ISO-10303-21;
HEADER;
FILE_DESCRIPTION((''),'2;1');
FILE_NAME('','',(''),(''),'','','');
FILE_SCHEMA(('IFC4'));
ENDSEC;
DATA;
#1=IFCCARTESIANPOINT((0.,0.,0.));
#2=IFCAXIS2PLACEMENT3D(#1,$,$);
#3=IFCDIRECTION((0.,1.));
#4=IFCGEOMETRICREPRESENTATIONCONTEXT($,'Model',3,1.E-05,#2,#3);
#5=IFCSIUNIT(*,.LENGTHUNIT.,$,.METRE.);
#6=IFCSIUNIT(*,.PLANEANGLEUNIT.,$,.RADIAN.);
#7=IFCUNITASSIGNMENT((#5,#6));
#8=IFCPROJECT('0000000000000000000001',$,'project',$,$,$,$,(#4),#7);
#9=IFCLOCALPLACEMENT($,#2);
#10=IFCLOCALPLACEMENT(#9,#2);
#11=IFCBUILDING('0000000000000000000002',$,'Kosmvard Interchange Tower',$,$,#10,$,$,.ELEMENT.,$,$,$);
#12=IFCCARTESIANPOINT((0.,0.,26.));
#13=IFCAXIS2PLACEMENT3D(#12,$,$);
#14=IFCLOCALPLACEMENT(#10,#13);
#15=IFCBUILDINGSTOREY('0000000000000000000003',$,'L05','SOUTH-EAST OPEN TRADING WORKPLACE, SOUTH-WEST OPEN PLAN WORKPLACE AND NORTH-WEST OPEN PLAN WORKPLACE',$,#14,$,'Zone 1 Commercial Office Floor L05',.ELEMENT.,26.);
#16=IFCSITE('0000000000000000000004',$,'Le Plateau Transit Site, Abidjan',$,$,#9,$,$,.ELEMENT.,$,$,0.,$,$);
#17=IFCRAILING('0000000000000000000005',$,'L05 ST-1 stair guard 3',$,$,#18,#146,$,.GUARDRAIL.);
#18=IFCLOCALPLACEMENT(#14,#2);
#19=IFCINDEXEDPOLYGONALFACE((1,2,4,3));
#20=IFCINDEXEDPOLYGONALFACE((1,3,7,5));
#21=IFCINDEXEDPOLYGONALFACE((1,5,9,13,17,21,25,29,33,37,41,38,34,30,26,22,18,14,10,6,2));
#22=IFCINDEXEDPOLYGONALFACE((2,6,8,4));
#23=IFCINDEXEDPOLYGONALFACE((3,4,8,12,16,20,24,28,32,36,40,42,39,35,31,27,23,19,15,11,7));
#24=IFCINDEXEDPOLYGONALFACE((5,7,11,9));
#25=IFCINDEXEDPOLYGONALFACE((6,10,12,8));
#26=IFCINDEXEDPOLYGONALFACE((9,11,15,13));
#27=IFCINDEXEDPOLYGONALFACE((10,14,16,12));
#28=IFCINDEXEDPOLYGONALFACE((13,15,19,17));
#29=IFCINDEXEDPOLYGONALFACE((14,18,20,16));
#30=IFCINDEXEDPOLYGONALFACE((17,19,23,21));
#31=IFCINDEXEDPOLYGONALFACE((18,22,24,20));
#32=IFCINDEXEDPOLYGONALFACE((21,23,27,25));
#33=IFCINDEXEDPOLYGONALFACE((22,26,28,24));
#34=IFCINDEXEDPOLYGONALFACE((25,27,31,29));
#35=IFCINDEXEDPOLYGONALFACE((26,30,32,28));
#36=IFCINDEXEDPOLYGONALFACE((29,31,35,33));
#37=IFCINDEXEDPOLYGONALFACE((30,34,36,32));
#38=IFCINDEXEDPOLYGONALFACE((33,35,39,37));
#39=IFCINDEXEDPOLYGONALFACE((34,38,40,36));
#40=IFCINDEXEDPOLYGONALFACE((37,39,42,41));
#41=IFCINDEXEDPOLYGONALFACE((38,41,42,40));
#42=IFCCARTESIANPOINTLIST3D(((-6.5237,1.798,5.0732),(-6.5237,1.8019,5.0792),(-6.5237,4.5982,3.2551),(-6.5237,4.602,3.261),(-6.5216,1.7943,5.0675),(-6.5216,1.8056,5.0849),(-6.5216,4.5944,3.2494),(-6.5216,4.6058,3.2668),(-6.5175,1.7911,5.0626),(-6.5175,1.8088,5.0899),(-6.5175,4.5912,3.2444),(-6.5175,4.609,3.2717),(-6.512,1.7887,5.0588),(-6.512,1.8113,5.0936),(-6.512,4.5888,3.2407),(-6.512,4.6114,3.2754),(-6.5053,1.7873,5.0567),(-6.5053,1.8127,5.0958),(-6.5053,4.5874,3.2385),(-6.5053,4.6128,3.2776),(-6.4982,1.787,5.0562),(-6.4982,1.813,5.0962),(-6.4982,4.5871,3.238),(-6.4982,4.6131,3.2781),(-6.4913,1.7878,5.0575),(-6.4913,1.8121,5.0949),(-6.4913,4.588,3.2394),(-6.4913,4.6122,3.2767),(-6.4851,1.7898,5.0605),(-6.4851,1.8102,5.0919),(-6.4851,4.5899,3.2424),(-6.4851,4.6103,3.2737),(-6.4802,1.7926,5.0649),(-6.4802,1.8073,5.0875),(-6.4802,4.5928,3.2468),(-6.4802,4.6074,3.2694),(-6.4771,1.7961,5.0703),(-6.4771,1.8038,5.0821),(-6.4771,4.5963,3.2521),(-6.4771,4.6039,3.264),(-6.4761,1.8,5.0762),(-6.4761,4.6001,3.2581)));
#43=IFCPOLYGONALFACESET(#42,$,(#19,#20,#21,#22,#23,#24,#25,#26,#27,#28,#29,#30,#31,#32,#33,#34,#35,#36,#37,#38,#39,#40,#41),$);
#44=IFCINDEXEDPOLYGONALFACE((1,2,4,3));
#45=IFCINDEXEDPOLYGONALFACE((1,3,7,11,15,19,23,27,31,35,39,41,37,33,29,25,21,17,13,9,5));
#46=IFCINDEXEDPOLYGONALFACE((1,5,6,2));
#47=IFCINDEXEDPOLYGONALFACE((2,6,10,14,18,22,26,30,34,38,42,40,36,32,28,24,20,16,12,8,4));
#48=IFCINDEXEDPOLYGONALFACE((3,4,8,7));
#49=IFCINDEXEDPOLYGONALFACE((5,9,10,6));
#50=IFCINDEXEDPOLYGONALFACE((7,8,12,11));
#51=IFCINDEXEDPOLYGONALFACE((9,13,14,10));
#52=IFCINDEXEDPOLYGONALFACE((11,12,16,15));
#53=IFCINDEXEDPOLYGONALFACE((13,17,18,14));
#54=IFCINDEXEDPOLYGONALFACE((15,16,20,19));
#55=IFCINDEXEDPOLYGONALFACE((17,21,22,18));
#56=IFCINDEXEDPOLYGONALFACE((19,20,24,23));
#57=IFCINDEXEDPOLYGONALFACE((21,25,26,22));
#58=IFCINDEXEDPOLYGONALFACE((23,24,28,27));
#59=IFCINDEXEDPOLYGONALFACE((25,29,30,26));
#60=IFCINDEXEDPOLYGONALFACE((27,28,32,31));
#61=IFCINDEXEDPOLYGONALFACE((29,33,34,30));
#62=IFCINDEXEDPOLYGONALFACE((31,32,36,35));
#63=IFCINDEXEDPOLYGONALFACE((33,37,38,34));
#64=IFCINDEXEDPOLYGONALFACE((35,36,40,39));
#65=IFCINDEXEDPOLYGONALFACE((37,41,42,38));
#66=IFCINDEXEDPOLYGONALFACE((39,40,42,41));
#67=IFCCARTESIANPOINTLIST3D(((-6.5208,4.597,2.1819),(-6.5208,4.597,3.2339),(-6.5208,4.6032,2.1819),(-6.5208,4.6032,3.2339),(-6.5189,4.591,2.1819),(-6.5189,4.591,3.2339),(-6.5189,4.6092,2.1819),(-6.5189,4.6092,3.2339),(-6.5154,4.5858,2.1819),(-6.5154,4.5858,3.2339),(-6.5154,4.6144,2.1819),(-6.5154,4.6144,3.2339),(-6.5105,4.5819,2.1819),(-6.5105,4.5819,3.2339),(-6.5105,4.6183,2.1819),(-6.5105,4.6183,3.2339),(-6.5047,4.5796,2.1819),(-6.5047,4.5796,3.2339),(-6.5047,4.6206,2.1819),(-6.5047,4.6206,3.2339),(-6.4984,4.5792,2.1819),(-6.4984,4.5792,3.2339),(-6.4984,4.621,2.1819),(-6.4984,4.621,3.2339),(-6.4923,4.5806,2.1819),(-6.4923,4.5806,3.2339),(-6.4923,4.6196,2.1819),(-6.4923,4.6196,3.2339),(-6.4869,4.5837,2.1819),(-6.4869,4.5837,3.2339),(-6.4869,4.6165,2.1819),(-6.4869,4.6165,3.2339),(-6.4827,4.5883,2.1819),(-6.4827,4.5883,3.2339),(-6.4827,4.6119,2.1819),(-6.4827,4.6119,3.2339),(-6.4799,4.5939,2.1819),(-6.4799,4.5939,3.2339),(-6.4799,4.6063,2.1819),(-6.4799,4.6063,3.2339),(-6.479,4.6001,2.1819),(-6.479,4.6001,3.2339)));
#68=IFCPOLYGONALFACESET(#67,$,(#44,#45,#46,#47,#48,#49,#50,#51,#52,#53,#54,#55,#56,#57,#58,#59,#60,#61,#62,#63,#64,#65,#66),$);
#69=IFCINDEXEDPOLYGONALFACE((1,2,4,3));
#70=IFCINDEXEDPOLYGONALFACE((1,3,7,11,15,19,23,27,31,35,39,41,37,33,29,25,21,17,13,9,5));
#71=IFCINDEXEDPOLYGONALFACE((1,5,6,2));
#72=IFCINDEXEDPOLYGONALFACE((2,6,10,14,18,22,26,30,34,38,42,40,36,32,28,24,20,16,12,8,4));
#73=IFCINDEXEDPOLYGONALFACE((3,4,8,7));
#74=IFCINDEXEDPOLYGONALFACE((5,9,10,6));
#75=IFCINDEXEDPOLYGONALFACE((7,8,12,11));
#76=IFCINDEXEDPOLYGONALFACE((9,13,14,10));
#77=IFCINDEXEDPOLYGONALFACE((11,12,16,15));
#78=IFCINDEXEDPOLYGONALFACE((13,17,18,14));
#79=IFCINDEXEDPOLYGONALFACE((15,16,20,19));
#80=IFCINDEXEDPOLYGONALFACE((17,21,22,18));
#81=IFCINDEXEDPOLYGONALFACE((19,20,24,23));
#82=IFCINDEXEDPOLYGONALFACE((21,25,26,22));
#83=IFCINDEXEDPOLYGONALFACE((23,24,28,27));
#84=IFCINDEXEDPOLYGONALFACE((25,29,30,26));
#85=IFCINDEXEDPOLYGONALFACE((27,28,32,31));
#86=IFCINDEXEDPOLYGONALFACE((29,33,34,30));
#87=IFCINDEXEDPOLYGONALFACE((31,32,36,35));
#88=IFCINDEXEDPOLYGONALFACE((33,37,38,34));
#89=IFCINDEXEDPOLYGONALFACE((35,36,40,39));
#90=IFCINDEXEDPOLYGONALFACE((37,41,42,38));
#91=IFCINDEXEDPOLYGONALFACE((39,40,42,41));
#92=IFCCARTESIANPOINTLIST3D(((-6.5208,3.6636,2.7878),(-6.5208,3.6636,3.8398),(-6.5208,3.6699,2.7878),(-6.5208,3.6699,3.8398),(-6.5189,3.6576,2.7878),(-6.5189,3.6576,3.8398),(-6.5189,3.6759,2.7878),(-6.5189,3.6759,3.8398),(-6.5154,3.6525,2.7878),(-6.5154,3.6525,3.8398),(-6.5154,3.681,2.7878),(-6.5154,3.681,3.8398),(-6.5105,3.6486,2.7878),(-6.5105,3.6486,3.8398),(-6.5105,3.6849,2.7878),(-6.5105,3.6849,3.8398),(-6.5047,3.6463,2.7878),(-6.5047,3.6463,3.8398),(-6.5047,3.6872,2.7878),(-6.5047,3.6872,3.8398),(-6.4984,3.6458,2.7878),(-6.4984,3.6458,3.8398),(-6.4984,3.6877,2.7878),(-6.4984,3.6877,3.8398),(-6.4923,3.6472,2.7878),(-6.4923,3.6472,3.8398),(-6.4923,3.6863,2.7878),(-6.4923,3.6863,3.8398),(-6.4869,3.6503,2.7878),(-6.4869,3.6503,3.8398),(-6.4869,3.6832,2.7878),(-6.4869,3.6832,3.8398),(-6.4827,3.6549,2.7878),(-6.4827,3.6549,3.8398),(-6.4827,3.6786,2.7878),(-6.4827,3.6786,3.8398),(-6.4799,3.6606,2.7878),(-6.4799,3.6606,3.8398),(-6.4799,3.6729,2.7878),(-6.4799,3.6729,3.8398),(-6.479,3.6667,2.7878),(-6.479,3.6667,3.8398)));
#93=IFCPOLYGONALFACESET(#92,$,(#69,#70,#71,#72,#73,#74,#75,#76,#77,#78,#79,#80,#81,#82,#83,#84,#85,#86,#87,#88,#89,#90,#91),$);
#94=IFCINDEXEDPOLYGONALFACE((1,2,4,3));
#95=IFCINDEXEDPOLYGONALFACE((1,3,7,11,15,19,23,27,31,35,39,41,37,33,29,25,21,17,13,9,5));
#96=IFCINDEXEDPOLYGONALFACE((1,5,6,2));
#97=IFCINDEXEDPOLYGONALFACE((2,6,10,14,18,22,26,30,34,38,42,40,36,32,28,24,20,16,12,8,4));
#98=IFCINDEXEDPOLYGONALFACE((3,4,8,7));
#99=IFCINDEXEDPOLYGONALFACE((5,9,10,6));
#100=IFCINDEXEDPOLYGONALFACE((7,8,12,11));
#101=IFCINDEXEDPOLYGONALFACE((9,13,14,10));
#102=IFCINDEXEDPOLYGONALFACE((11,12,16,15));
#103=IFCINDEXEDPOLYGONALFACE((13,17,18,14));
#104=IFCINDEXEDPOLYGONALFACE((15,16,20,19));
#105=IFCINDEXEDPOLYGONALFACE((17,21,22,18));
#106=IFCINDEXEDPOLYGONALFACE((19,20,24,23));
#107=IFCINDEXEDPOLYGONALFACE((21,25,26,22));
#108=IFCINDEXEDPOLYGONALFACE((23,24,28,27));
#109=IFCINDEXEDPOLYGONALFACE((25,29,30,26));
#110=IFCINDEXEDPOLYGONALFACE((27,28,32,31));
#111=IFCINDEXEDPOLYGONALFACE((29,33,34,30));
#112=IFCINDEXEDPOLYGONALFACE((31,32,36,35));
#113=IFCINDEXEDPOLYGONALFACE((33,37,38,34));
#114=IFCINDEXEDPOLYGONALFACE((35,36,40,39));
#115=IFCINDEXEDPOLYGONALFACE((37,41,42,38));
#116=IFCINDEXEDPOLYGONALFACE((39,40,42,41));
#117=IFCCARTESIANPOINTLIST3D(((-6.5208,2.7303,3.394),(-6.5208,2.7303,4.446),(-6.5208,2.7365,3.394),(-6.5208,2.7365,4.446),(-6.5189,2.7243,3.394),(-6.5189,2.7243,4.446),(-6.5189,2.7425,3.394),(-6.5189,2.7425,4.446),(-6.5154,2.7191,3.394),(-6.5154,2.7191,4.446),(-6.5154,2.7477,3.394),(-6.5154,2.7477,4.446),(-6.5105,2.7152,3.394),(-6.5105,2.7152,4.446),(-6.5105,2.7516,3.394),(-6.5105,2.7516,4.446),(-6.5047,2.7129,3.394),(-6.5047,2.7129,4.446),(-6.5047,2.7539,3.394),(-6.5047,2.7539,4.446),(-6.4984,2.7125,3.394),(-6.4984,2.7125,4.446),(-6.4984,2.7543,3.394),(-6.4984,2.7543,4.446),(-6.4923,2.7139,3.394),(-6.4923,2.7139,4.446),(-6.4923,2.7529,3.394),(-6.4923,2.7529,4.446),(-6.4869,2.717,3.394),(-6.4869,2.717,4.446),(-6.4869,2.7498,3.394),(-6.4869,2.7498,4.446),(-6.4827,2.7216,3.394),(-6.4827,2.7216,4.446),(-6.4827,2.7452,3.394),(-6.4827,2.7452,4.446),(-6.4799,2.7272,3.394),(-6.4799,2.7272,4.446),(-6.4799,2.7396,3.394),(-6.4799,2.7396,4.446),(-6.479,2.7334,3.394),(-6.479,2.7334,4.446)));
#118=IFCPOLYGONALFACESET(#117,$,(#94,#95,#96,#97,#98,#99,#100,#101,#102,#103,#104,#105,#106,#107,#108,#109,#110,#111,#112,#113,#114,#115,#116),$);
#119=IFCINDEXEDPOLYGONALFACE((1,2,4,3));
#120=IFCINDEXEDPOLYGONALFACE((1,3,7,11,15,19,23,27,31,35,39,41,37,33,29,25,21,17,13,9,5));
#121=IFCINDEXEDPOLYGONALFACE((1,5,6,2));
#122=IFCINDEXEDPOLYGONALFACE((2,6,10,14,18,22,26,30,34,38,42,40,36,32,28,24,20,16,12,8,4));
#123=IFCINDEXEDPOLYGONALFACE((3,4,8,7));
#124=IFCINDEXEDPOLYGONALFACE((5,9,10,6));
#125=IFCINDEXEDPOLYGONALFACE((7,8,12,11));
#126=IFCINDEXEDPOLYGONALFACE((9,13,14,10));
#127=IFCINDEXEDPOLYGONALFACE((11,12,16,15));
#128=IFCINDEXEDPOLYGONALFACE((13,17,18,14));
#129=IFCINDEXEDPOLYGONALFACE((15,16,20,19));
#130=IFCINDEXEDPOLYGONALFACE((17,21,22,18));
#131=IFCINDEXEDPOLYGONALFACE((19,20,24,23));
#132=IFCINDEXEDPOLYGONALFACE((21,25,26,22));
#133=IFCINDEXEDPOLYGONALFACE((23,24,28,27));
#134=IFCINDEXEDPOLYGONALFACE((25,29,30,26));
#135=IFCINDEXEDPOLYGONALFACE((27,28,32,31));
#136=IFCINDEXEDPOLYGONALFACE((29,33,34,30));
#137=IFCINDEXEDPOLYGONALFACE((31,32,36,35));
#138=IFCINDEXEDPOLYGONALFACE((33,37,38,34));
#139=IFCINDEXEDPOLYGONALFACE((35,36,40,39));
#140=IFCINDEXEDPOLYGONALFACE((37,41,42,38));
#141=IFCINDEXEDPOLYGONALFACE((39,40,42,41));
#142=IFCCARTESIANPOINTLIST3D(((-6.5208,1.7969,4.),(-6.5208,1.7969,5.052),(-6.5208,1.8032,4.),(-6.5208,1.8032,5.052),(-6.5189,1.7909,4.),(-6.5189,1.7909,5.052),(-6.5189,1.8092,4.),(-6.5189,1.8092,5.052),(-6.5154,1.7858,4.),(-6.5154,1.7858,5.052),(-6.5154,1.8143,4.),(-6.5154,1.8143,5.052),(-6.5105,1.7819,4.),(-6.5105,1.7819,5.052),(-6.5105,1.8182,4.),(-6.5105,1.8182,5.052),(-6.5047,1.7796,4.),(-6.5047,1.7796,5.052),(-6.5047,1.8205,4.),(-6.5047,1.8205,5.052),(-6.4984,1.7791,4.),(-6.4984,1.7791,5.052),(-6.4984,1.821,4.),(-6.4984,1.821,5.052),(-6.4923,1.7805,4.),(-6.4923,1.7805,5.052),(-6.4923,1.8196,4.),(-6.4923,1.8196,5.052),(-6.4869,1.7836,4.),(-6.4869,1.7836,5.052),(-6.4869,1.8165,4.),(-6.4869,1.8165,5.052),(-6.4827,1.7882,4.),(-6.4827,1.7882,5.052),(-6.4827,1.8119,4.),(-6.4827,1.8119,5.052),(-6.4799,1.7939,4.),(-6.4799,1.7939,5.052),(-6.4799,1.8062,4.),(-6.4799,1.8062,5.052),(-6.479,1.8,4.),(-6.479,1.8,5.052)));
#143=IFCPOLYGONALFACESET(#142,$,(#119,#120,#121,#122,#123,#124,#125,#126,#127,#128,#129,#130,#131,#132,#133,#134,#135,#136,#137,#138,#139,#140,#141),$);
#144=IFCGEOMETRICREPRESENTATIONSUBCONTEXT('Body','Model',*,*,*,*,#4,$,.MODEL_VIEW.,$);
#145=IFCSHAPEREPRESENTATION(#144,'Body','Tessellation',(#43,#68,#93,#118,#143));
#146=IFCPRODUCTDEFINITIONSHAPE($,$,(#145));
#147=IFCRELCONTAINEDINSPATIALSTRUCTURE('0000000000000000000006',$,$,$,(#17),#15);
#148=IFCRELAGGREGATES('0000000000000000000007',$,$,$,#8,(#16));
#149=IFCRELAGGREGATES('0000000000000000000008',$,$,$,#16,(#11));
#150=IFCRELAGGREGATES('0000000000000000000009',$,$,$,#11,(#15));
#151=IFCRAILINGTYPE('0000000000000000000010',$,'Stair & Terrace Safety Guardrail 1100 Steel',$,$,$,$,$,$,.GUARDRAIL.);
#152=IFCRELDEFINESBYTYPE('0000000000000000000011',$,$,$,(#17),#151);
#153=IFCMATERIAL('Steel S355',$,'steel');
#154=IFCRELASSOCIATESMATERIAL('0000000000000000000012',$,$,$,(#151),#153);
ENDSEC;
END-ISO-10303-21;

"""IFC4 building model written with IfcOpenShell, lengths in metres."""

from ifc_helpers import new_model, si_unit, direction, frame, origin, origin_2d, place, context, subcontext, project, spatial, circle, extrude, source, transform, mapped, material, type_object, element, save


model = new_model("IFC4")

# Units and contexts
model_context = context("Model", 3, precision=1e-05, world=origin(), true_north=direction((0.0, 1.0)))
body_context = subcontext(model_context, "Body", "Model", "MODEL_VIEW")
ifc_project = project(units=[si_unit("LENGTHUNIT", "METRE"), si_unit("PLANEANGLEUNIT", "RADIAN")], contexts=[model_context])

# Site, building, storey
site_placement = place(None, origin())
site = spatial("IfcSite", under=ifc_project, at=site_placement, Name="Le Plateau Transit Site, Abidjan", CompositionType="ELEMENT", RefElevation=0.0)
building_placement = place(site_placement, origin())
building = spatial("IfcBuilding", under=site, at=building_placement, Name="Kosmvard Interchange Tower", CompositionType="ELEMENT")
storey_placement = place(building_placement, frame((0.0, 0.0, 26.0)))
storey = spatial("IfcBuildingStorey", under=building, at=storey_placement, Name="L05", Description="SOUTH-EAST OPEN TRADING WORKPLACE, SOUTH-WEST OPEN PLAN WORKPLACE AND NORTH-WEST OPEN PLAN WORKPLACE", LongName="Zone 1 Commercial Office Floor L05", CompositionType="ELEMENT", Elevation=26.0)

# Railing
ifc_material_1 = material(Name="Steel S355", Category="steel")
railing_type_1 = type_object("IfcRailingType", Name="Stair & Terrace Safety Guardrail 1100 Steel", PredefinedType="GUARDRAIL", material=ifc_material_1)
shared_shape_1 = source(origin(), body_context, "Body", "SweptSolid", [
    extrude(circle(Radius=0.0239, at=origin_2d()), frame((0.0, 0.0, 1.0762), z_axis=(0.0, -0.838706, 0.544585), x_axis=(1.0, 0.0, 0.0)), (0.0, 0.0, 1.0), 3.3386),
    extrude(circle(Radius=0.021, at=origin_2d()), origin(), (0.0, 0.0, 1.0), 1.052),
    extrude(circle(Radius=0.021, at=origin_2d()), frame((0.0, -0.9333, 0.606)), (0.0, 0.0, 1.0), 1.052),
    extrude(circle(Radius=0.021, at=origin_2d()), frame((0.0, -1.8667, 1.2122)), (0.0, 0.0, 1.0), 1.052),
    extrude(circle(Radius=0.021, at=origin_2d()), frame((0.0, -2.8, 1.8181)), (0.0, 0.0, 1.0), 1.052),
])
railing_1_placement = place(storey_placement, frame((-6.5, 4.6001, 2.1819)))
element("IfcRailing", 1, at=railing_1_placement, inside=storey, type_object=railing_type_1, Name="L05 ST-1 stair guard 3", PredefinedType="GUARDRAIL", context=body_context, shape_type="MappedRepresentation", body=[
    mapped(shared_shape_1, transform((0.0, 0.0, 0.0), scale=1.0)),
])

save(model, "model.ifc")
